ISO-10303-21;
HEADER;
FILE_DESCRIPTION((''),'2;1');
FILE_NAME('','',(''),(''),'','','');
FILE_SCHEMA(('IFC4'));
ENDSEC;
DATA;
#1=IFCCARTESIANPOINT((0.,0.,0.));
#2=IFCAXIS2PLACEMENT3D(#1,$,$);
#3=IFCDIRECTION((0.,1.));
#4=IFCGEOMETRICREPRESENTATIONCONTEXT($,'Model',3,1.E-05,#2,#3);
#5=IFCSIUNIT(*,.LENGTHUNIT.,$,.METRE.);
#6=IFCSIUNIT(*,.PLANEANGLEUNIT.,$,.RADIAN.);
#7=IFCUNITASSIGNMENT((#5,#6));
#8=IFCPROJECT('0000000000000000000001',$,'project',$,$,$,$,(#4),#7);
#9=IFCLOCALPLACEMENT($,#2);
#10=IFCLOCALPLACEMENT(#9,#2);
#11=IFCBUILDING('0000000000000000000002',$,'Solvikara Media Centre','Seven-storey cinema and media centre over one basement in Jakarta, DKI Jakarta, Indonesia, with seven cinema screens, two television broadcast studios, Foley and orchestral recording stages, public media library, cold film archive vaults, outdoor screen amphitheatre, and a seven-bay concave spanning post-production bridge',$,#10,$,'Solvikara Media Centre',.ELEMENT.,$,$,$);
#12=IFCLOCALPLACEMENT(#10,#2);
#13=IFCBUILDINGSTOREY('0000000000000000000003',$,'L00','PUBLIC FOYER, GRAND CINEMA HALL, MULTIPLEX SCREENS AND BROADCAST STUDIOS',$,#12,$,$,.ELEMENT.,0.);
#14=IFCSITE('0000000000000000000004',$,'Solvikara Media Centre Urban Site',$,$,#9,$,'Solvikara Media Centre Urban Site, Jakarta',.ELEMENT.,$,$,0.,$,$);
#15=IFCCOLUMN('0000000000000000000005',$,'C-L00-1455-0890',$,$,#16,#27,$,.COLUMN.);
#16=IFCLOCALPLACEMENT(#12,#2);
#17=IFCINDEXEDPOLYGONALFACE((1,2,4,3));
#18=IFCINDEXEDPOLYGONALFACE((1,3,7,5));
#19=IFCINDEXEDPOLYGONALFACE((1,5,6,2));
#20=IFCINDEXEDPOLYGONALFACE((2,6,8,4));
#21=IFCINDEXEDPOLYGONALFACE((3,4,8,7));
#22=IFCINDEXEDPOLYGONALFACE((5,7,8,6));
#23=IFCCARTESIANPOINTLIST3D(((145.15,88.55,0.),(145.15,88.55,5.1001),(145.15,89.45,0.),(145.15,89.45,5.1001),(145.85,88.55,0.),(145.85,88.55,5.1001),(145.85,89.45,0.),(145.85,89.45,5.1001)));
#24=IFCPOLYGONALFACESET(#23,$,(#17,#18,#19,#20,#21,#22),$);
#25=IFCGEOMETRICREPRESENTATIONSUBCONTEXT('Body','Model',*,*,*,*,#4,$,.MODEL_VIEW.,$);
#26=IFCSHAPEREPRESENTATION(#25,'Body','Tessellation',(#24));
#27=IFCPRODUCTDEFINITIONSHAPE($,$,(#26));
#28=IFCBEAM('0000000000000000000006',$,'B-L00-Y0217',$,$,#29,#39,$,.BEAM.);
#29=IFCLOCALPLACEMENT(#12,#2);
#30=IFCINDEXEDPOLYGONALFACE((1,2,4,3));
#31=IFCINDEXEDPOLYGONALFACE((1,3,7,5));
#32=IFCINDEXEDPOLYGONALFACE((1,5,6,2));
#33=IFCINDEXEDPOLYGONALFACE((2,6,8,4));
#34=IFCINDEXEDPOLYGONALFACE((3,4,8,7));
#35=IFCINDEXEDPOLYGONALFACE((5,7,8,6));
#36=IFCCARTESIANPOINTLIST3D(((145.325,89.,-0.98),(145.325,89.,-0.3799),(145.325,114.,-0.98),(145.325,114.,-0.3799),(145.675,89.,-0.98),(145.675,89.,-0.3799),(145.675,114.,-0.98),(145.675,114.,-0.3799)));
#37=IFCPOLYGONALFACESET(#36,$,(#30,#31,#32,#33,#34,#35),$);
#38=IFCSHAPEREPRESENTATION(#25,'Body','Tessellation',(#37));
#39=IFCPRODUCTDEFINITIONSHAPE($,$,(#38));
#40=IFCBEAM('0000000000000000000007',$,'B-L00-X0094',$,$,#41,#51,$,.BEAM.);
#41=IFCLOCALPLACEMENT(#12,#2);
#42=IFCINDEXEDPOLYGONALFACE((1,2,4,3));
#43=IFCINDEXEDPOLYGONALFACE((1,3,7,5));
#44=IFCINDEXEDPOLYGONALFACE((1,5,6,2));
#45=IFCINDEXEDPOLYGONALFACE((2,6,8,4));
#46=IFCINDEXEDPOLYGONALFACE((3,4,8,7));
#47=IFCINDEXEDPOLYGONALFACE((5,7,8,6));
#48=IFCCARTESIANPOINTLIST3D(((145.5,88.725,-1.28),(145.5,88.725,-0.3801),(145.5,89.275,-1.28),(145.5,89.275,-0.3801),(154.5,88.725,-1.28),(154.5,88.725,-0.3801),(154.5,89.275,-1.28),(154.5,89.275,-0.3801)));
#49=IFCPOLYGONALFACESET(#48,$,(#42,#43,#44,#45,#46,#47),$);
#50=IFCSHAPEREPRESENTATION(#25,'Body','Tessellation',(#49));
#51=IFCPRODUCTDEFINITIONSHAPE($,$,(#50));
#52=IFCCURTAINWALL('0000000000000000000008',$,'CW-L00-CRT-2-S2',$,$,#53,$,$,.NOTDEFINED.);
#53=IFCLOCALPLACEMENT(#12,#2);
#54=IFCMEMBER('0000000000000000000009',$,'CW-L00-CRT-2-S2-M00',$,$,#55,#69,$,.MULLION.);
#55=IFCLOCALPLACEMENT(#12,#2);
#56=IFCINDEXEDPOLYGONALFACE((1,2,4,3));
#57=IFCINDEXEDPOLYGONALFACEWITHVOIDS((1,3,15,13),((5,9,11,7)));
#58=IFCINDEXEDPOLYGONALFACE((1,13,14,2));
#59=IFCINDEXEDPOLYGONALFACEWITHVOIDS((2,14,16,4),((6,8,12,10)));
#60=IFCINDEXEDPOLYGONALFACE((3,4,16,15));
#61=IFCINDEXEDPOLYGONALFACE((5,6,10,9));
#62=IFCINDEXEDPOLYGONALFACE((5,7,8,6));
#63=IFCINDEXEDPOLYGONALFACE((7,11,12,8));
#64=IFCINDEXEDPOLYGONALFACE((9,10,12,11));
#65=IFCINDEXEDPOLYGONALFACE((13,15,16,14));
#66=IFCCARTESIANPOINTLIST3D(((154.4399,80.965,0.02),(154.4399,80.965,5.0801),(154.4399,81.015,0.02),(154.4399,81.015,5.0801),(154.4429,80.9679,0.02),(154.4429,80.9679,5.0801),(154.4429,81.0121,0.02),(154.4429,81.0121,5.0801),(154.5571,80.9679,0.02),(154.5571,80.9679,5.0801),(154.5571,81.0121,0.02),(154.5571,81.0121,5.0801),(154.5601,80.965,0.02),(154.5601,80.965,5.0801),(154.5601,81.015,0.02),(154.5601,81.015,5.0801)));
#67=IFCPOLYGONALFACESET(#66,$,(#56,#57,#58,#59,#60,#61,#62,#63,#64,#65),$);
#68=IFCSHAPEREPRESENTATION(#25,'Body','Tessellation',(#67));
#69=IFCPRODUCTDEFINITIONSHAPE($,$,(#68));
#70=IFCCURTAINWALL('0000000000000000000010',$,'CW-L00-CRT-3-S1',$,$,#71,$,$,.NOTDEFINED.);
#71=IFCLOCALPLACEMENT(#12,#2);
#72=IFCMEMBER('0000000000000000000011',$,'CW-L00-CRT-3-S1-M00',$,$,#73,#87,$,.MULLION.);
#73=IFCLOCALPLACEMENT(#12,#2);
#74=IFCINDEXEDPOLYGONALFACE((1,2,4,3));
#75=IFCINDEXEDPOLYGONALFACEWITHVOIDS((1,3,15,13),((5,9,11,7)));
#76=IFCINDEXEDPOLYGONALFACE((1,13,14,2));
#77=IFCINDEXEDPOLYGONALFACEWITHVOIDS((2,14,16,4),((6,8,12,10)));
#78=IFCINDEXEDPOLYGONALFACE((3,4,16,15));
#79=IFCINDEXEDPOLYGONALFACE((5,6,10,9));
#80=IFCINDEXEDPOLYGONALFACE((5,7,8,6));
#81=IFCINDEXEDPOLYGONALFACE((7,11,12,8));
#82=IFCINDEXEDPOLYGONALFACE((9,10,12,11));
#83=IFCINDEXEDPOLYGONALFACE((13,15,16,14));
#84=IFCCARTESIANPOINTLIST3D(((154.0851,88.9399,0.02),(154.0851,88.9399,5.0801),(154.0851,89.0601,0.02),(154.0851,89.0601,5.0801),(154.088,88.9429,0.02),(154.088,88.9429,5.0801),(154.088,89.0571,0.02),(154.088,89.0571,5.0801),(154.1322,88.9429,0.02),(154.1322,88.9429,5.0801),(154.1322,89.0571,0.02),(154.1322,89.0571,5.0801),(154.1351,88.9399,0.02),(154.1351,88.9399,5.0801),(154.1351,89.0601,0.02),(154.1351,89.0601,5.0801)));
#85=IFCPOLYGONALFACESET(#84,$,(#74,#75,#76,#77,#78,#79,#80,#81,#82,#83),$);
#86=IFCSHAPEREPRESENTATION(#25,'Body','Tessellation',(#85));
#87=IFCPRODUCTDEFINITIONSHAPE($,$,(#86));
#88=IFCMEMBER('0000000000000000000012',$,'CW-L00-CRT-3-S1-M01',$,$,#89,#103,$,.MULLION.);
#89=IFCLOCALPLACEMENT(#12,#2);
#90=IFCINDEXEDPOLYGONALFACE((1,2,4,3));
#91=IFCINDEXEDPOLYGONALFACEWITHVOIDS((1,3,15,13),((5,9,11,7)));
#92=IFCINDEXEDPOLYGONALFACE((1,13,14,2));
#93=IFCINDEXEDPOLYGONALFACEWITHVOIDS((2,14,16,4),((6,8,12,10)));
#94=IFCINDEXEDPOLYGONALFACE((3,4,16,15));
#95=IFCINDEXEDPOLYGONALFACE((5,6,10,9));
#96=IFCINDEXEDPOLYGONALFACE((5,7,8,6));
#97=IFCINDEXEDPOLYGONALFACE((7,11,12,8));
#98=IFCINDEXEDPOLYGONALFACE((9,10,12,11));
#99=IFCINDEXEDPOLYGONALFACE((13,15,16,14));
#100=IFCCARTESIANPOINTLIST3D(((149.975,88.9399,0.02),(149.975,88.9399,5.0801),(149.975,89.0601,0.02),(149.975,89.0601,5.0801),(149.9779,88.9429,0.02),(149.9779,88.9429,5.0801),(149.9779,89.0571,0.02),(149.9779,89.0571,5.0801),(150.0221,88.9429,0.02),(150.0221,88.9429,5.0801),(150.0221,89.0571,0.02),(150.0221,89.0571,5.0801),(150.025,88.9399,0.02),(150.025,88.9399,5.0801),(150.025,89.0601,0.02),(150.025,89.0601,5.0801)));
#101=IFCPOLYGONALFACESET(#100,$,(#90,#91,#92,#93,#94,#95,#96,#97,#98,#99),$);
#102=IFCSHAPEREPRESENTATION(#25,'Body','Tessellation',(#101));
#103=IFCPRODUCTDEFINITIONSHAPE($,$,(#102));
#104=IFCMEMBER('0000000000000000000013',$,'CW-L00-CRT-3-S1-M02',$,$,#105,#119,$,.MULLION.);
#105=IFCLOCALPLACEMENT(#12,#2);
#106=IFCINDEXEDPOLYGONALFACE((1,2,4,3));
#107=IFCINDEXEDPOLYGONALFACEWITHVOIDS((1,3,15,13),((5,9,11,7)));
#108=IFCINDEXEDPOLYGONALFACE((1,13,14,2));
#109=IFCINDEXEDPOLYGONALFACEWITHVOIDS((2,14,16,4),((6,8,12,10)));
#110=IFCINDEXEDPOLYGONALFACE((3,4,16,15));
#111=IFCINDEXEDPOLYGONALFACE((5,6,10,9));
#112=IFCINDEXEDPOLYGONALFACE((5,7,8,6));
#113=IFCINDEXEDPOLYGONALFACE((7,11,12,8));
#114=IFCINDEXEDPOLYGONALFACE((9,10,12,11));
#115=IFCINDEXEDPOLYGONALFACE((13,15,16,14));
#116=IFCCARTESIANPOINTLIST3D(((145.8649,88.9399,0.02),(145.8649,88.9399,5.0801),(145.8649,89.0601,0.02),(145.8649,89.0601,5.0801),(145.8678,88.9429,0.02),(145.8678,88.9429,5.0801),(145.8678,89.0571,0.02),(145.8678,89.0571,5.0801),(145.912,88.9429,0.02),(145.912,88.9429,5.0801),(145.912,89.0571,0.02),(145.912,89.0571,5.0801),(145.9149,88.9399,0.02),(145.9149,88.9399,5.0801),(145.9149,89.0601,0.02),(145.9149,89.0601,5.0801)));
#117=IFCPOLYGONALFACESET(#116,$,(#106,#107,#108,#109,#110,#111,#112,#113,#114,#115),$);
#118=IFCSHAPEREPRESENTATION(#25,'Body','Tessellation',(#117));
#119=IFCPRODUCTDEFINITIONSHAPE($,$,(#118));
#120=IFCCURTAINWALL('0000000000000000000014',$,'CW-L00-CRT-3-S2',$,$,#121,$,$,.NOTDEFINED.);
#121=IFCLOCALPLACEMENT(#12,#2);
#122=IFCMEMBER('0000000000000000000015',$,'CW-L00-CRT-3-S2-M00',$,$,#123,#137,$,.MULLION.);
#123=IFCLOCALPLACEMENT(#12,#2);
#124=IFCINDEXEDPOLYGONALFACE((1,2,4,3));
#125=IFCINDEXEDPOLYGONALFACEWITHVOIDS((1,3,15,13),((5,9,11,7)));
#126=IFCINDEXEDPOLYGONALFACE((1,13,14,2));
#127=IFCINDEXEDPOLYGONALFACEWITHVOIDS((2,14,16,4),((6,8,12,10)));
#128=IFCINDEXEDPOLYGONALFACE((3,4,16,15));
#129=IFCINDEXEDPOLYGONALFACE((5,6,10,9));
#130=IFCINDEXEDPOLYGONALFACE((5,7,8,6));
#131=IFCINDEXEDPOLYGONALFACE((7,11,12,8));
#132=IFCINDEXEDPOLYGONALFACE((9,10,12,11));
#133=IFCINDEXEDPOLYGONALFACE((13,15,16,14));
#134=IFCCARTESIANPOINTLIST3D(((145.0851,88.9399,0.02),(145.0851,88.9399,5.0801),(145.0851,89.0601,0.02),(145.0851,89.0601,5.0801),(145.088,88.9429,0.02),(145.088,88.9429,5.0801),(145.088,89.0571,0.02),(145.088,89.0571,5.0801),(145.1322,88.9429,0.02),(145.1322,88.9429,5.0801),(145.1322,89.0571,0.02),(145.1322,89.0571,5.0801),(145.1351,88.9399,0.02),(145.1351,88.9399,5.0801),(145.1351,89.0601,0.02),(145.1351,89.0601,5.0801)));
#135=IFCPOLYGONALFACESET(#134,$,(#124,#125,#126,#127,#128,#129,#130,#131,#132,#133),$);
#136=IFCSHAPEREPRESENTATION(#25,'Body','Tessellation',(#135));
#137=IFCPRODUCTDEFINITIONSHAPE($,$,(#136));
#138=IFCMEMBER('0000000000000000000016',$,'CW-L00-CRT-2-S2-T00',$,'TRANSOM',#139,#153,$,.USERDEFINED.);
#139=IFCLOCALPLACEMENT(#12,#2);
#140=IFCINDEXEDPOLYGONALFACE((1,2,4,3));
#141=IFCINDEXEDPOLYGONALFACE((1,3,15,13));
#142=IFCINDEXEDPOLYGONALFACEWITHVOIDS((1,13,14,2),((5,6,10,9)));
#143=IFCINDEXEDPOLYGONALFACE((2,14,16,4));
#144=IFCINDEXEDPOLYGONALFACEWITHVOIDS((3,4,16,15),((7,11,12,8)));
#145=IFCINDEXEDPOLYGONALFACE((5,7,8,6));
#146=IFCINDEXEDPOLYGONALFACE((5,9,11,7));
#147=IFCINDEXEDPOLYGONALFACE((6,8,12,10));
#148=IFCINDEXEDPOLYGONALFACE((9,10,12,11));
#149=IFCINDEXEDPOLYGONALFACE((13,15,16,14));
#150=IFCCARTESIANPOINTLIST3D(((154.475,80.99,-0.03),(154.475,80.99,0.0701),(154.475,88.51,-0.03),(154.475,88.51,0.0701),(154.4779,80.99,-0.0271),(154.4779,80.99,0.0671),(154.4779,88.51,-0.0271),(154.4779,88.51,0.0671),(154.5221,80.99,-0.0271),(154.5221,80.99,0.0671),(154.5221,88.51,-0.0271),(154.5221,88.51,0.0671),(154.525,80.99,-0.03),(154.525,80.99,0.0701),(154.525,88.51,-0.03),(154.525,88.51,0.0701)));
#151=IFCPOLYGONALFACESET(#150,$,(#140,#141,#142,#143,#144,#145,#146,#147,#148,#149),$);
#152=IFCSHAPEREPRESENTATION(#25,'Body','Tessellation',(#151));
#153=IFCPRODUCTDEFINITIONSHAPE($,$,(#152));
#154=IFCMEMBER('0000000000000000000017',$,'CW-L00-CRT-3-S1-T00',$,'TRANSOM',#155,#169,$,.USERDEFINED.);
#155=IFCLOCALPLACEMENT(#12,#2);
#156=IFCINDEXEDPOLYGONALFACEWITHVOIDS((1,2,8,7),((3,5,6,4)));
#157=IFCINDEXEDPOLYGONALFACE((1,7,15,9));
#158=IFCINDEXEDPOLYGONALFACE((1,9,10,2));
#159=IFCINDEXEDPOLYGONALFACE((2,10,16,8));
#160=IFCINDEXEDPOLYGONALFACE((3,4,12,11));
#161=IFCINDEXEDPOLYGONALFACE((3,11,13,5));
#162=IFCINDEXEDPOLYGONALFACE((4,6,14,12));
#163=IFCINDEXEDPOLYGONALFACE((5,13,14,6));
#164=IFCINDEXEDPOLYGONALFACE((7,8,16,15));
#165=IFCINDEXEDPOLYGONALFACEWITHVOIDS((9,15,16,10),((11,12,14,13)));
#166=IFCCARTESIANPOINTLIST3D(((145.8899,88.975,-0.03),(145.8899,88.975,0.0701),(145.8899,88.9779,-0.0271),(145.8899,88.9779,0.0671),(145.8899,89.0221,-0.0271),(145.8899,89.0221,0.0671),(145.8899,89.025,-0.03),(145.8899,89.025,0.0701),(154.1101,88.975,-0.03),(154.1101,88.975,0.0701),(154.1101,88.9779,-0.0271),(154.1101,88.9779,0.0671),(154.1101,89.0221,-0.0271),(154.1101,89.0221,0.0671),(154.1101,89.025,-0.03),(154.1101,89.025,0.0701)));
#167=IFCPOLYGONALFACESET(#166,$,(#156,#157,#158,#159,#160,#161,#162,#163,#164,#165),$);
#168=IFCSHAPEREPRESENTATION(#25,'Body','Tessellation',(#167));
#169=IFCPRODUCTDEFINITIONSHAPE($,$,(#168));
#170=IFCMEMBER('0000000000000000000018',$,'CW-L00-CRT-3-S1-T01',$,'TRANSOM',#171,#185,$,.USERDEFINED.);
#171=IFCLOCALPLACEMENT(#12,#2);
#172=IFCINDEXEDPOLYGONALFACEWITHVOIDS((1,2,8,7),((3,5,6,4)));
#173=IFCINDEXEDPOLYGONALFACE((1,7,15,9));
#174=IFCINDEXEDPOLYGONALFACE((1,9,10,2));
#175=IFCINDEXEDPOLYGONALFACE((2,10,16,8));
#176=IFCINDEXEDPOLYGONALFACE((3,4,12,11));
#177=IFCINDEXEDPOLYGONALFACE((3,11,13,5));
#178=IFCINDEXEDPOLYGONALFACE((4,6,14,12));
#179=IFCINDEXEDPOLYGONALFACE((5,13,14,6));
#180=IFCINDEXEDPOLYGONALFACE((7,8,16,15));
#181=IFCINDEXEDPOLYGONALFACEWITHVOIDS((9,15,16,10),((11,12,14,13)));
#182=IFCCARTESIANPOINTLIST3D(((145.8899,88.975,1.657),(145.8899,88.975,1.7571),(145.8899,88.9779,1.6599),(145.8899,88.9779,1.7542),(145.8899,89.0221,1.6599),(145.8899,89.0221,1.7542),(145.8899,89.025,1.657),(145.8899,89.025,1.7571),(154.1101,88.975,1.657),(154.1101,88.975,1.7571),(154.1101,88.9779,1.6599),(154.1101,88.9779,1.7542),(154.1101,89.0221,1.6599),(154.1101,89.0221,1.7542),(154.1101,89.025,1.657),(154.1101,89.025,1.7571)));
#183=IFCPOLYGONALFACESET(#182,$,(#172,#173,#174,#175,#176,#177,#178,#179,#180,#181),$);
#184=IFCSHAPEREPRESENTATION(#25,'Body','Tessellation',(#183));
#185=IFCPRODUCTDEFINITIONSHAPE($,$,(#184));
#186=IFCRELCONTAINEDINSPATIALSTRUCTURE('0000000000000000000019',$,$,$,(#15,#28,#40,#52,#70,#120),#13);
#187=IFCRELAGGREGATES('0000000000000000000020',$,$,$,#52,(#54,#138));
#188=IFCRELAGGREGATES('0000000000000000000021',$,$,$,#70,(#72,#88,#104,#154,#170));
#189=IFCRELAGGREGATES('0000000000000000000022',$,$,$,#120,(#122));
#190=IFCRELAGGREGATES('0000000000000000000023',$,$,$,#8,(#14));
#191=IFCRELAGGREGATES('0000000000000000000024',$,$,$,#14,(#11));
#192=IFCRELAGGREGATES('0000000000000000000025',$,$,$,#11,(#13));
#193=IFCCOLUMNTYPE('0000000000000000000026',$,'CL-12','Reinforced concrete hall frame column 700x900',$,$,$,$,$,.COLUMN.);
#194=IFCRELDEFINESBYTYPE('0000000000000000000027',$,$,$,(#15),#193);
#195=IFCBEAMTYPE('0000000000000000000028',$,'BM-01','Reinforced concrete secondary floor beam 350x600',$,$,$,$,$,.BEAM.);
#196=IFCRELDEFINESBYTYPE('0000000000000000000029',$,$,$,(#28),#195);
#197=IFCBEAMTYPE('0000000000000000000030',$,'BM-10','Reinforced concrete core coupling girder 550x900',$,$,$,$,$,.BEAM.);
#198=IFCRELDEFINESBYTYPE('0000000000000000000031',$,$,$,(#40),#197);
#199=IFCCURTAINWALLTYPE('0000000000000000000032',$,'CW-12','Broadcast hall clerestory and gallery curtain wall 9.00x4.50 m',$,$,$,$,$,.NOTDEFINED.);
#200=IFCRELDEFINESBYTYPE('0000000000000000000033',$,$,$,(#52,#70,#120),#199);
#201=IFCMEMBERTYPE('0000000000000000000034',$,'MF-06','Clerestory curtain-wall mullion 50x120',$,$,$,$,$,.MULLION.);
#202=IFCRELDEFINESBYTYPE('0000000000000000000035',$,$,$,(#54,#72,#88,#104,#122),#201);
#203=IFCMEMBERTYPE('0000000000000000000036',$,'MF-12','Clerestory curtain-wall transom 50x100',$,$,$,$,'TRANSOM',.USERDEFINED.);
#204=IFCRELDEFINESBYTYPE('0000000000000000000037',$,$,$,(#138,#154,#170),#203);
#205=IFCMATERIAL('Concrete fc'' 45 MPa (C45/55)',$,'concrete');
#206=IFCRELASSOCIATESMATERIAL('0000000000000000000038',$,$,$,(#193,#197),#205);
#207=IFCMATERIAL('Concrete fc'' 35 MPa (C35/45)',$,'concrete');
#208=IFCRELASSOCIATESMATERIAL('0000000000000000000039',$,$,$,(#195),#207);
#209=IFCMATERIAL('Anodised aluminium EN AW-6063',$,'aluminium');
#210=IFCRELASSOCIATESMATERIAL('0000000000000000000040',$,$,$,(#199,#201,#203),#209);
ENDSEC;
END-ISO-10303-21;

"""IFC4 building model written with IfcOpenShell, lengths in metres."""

from ifc_helpers import new_model, si_unit, direction, frame, origin, origin_2d, place, context, subcontext, project, spatial, rectangle, hollow_rectangle, extrude, material, material_profile, profile_set, type_object, element, aggregate, save


model = new_model("IFC4")

# Units and contexts
model_context = context("Model", 3, precision=1e-05, world=origin(), true_north=direction((0.0, 1.0)))
body_context = subcontext(model_context, "Body", "Model", "MODEL_VIEW")
ifc_project = project(units=[si_unit("LENGTHUNIT", "METRE"), si_unit("PLANEANGLEUNIT", "RADIAN")], contexts=[model_context])

# Site, building, storey
site_placement = place(None, origin())
site = spatial("IfcSite", under=ifc_project, at=site_placement, Name="Solvikara Media Centre Urban Site", LongName="Solvikara Media Centre Urban Site, Jakarta", CompositionType="ELEMENT", RefElevation=0.0)
building_placement = place(site_placement, origin())
building = spatial("IfcBuilding", under=site, at=building_placement, Name="Solvikara Media Centre", Description="Seven-storey cinema and media centre over one basement in Jakarta, DKI Jakarta, Indonesia, with seven cinema screens, two television broadcast studios, Foley and orchestral recording stages, public media library, cold film archive vaults, outdoor screen amphitheatre, and a seven-bay concave spanning post-production bridge", LongName="Solvikara Media Centre", CompositionType="ELEMENT")
storey_placement = place(building_placement, origin())
storey = spatial("IfcBuildingStorey", under=building, at=storey_placement, Name="L00", Description="PUBLIC FOYER, GRAND CINEMA HALL, MULTIPLEX SCREENS AND BROADCAST STUDIOS", CompositionType="ELEMENT", Elevation=0.0)

# Column
ifc_material_1 = material(Name="Concrete fc' 45 MPa (C45/55)", Category="concrete")
ifc_material_profile_1 = material_profile(ifc_material_1, rectangle(XDim=0.7, YDim=0.8999, at=origin_2d()), Name="RC 700x900")
ifc_profile_set_1 = profile_set([ifc_material_profile_1], Name="Concrete fc' 45 MPa (C45/55)")
column_type = type_object("IfcColumnType", Name="CL-12", Description="Reinforced concrete hall frame column 700x900", PredefinedType="COLUMN", material=ifc_profile_set_1)
column_placement = place(storey_placement, frame((145.5, 89.0, 0.0), z_axis=(0.0, 0.0, 1.0), x_axis=(1.0, 0.0, 0.0)))
element("IfcColumn", 1, at=column_placement, inside=storey, type_object=column_type, Name="C-L00-1455-0890", PredefinedType="COLUMN", context=body_context, shape_type="SweptSolid", body=[
    extrude(rectangle(XDim=0.7, YDim=0.8999, at=origin_2d()), origin(), (0.0, 0.0, 1.0), 5.1001),
])

# Beams
ifc_material_2 = material(Name="Concrete fc' 35 MPa (C35/45)", Category="concrete")
ifc_material_profile_2 = material_profile(ifc_material_2, rectangle(XDim=0.3501, YDim=0.6001, at=origin_2d()), Name="RC 350x600")
ifc_profile_set_2 = profile_set([ifc_material_profile_2], Name="Concrete fc' 35 MPa (C35/45)")
beam_type_1 = type_object("IfcBeamType", Name="BM-01", Description="Reinforced concrete secondary floor beam 350x600", PredefinedType="BEAM", material=ifc_profile_set_2)
beam_1_placement = place(storey_placement, frame((145.5, 89.0, -0.6799), z_axis=(0.0, 1.0, 0.0), x_axis=(-1.0, 0.0, 0.0)))
element("IfcBeam", 2, at=beam_1_placement, inside=storey, type_object=beam_type_1, Name="B-L00-Y0217", PredefinedType="BEAM", context=body_context, shape_type="SweptSolid", body=[
    extrude(rectangle(XDim=0.3501, YDim=0.6001, at=origin_2d()), origin(), (0.0, 0.0, 1.0), 25.0),
])
ifc_material_profile_3 = material_profile(ifc_material_1, rectangle(XDim=0.55, YDim=0.8999, at=origin_2d()), Name="RC 550x900")
ifc_profile_set_3 = profile_set([ifc_material_profile_3], Name="Concrete fc' 45 MPa (C45/55)")
beam_type_2 = type_object("IfcBeamType", Name="BM-10", Description="Reinforced concrete core coupling girder 550x900", PredefinedType="BEAM", material=ifc_profile_set_3)
beam_2_placement = place(storey_placement, frame((145.5, 89.0, -0.8301), z_axis=(1.0, 0.0, 0.0), x_axis=(0.0, 1.0, 0.0)))
element("IfcBeam", 3, at=beam_2_placement, inside=storey, type_object=beam_type_2, Name="B-L00-X0094", PredefinedType="BEAM", context=body_context, shape_type="SweptSolid", body=[
    extrude(rectangle(XDim=0.55, YDim=0.8999, at=origin_2d()), origin(), (0.0, 0.0, 1.0), 9.0),
])

# Curtain wall, member
ifc_material_3 = material(Name="Anodised aluminium EN AW-6063", Category="aluminium")
curtain_wall_type = type_object("IfcCurtainWallType", Name="CW-12", Description="Broadcast hall clerestory and gallery curtain wall 9.00x4.50 m", PredefinedType="NOTDEFINED", material=ifc_material_3)
curtain_wall_1_placement = place(storey_placement, origin())
curtain_wall_1 = element("IfcCurtainWall", 4, at=curtain_wall_1_placement, inside=storey, type_object=curtain_wall_type, Name="CW-L00-CRT-2-S2", PredefinedType="NOTDEFINED")
ifc_material_profile_4 = material_profile(ifc_material_3, hollow_rectangle(XDim=0.05, YDim=0.1201, WallThickness=0.0029, at=origin_2d()), Name="ALU-M 50x120x3")
ifc_profile_set_4 = profile_set([ifc_material_profile_4], Name="Anodised aluminium EN AW-6063")
member_type_1 = type_object("IfcMemberType", Name="MF-06", Description="Clerestory curtain-wall mullion 50x120", PredefinedType="MULLION", material=ifc_profile_set_4)
member_1_placement = place(storey_placement, frame((154.5, 80.99, 0.02), z_axis=(0.0, 0.0, 1.0), x_axis=(0.0, 1.0, 0.0)))
member_1 = element("IfcMember", 5, at=member_1_placement, type_object=member_type_1, Name="CW-L00-CRT-2-S2-M00", PredefinedType="MULLION", context=body_context, shape_type="SweptSolid", body=[
    extrude(hollow_rectangle(XDim=0.05, YDim=0.1201, WallThickness=0.0029, at=origin_2d()), origin(), (0.0, 0.0, 1.0), 5.0601),
])

# Curtain wall, members
curtain_wall_2_placement = place(storey_placement, origin())
curtain_wall_2 = element("IfcCurtainWall", 6, at=curtain_wall_2_placement, inside=storey, type_object=curtain_wall_type, Name="CW-L00-CRT-3-S1", PredefinedType="NOTDEFINED")
member_2_placement = place(storey_placement, frame((154.1101, 89.0, 0.02), z_axis=(0.0, 0.0, 1.0), x_axis=(-1.0, 0.0, 0.0)))
member_2 = element("IfcMember", 7, at=member_2_placement, type_object=member_type_1, Name="CW-L00-CRT-3-S1-M00", PredefinedType="MULLION", context=body_context, shape_type="SweptSolid", body=[
    extrude(hollow_rectangle(XDim=0.05, YDim=0.1201, WallThickness=0.0029, at=origin_2d()), origin(), (0.0, 0.0, 1.0), 5.0601),
])
member_3_placement = place(storey_placement, frame((150.0, 89.0, 0.02), z_axis=(0.0, 0.0, 1.0), x_axis=(-1.0, 0.0, 0.0)))
member_3 = element("IfcMember", 8, at=member_3_placement, type_object=member_type_1, Name="CW-L00-CRT-3-S1-M01", PredefinedType="MULLION", context=body_context, shape_type="SweptSolid", body=[
    extrude(hollow_rectangle(XDim=0.05, YDim=0.1201, WallThickness=0.0029, at=origin_2d()), origin(), (0.0, 0.0, 1.0), 5.0601),
])
member_4_placement = place(storey_placement, frame((145.8899, 89.0, 0.02), z_axis=(0.0, 0.0, 1.0), x_axis=(-1.0, 0.0, 0.0)))
member_4 = element("IfcMember", 9, at=member_4_placement, type_object=member_type_1, Name="CW-L00-CRT-3-S1-M02", PredefinedType="MULLION", context=body_context, shape_type="SweptSolid", body=[
    extrude(hollow_rectangle(XDim=0.05, YDim=0.1201, WallThickness=0.0029, at=origin_2d()), origin(), (0.0, 0.0, 1.0), 5.0601),
])

# Curtain wall, member
curtain_wall_3_placement = place(storey_placement, origin())
curtain_wall_3 = element("IfcCurtainWall", 10, at=curtain_wall_3_placement, inside=storey, type_object=curtain_wall_type, Name="CW-L00-CRT-3-S2", PredefinedType="NOTDEFINED")
member_5_placement = place(storey_placement, frame((145.1101, 89.0, 0.02), z_axis=(0.0, 0.0, 1.0), x_axis=(-1.0, 0.0, 0.0)))
member_5 = element("IfcMember", 11, at=member_5_placement, type_object=member_type_1, Name="CW-L00-CRT-3-S2-M00", PredefinedType="MULLION", context=body_context, shape_type="SweptSolid", body=[
    extrude(hollow_rectangle(XDim=0.05, YDim=0.1201, WallThickness=0.0029, at=origin_2d()), origin(), (0.0, 0.0, 1.0), 5.0601),
])

# Members
ifc_material_profile_5 = material_profile(ifc_material_3, hollow_rectangle(XDim=0.05, YDim=0.1001, WallThickness=0.0029, at=origin_2d()), Name="ALU-T 50x100x3")
ifc_profile_set_5 = profile_set([ifc_material_profile_5], Name="Anodised aluminium EN AW-6063")
member_type_2 = type_object("IfcMemberType", Name="MF-12", Description="Clerestory curtain-wall transom 50x100", ElementType="TRANSOM", PredefinedType="USERDEFINED", material=ifc_profile_set_5)
member_6_placement = place(storey_placement, frame((154.5, 80.99, 0.02), z_axis=(0.0, 1.0, 0.0), x_axis=(-1.0, 0.0, 0.0)))
member_6 = element("IfcMember", 12, at=member_6_placement, type_object=member_type_2, Name="CW-L00-CRT-2-S2-T00", ObjectType="TRANSOM", PredefinedType="USERDEFINED", context=body_context, shape_type="SweptSolid", body=[
    extrude(hollow_rectangle(XDim=0.05, YDim=0.1001, WallThickness=0.0029, at=origin_2d()), origin(), (0.0, 0.0, 1.0), 7.52),
])
aggregate(curtain_wall_1, [member_1, member_6])
member_7_placement = place(storey_placement, frame((154.1101, 89.0, 0.02), z_axis=(-1.0, 0.0, 0.0), x_axis=(0.0, -1.0, 0.0)))
member_7 = element("IfcMember", 13, at=member_7_placement, type_object=member_type_2, Name="CW-L00-CRT-3-S1-T00", ObjectType="TRANSOM", PredefinedType="USERDEFINED", context=body_context, shape_type="SweptSolid", body=[
    extrude(hollow_rectangle(XDim=0.05, YDim=0.1001, WallThickness=0.0029, at=origin_2d()), origin(), (0.0, 0.0, 1.0), 8.2202),
])
member_8_placement = place(storey_placement, frame((154.1101, 89.0, 1.707), z_axis=(-1.0, 0.0, 0.0), x_axis=(0.0, -1.0, 0.0)))
member_8 = element("IfcMember", 14, at=member_8_placement, type_object=member_type_2, Name="CW-L00-CRT-3-S1-T01", ObjectType="TRANSOM", PredefinedType="USERDEFINED", context=body_context, shape_type="SweptSolid", body=[
    extrude(hollow_rectangle(XDim=0.05, YDim=0.1001, WallThickness=0.0029, at=origin_2d()), origin(), (0.0, 0.0, 1.0), 8.2202),
])

aggregate(curtain_wall_2, [member_2, member_3, member_4, member_7, member_8])
aggregate(curtain_wall_3, [member_5])

save(model, "model.ifc")
